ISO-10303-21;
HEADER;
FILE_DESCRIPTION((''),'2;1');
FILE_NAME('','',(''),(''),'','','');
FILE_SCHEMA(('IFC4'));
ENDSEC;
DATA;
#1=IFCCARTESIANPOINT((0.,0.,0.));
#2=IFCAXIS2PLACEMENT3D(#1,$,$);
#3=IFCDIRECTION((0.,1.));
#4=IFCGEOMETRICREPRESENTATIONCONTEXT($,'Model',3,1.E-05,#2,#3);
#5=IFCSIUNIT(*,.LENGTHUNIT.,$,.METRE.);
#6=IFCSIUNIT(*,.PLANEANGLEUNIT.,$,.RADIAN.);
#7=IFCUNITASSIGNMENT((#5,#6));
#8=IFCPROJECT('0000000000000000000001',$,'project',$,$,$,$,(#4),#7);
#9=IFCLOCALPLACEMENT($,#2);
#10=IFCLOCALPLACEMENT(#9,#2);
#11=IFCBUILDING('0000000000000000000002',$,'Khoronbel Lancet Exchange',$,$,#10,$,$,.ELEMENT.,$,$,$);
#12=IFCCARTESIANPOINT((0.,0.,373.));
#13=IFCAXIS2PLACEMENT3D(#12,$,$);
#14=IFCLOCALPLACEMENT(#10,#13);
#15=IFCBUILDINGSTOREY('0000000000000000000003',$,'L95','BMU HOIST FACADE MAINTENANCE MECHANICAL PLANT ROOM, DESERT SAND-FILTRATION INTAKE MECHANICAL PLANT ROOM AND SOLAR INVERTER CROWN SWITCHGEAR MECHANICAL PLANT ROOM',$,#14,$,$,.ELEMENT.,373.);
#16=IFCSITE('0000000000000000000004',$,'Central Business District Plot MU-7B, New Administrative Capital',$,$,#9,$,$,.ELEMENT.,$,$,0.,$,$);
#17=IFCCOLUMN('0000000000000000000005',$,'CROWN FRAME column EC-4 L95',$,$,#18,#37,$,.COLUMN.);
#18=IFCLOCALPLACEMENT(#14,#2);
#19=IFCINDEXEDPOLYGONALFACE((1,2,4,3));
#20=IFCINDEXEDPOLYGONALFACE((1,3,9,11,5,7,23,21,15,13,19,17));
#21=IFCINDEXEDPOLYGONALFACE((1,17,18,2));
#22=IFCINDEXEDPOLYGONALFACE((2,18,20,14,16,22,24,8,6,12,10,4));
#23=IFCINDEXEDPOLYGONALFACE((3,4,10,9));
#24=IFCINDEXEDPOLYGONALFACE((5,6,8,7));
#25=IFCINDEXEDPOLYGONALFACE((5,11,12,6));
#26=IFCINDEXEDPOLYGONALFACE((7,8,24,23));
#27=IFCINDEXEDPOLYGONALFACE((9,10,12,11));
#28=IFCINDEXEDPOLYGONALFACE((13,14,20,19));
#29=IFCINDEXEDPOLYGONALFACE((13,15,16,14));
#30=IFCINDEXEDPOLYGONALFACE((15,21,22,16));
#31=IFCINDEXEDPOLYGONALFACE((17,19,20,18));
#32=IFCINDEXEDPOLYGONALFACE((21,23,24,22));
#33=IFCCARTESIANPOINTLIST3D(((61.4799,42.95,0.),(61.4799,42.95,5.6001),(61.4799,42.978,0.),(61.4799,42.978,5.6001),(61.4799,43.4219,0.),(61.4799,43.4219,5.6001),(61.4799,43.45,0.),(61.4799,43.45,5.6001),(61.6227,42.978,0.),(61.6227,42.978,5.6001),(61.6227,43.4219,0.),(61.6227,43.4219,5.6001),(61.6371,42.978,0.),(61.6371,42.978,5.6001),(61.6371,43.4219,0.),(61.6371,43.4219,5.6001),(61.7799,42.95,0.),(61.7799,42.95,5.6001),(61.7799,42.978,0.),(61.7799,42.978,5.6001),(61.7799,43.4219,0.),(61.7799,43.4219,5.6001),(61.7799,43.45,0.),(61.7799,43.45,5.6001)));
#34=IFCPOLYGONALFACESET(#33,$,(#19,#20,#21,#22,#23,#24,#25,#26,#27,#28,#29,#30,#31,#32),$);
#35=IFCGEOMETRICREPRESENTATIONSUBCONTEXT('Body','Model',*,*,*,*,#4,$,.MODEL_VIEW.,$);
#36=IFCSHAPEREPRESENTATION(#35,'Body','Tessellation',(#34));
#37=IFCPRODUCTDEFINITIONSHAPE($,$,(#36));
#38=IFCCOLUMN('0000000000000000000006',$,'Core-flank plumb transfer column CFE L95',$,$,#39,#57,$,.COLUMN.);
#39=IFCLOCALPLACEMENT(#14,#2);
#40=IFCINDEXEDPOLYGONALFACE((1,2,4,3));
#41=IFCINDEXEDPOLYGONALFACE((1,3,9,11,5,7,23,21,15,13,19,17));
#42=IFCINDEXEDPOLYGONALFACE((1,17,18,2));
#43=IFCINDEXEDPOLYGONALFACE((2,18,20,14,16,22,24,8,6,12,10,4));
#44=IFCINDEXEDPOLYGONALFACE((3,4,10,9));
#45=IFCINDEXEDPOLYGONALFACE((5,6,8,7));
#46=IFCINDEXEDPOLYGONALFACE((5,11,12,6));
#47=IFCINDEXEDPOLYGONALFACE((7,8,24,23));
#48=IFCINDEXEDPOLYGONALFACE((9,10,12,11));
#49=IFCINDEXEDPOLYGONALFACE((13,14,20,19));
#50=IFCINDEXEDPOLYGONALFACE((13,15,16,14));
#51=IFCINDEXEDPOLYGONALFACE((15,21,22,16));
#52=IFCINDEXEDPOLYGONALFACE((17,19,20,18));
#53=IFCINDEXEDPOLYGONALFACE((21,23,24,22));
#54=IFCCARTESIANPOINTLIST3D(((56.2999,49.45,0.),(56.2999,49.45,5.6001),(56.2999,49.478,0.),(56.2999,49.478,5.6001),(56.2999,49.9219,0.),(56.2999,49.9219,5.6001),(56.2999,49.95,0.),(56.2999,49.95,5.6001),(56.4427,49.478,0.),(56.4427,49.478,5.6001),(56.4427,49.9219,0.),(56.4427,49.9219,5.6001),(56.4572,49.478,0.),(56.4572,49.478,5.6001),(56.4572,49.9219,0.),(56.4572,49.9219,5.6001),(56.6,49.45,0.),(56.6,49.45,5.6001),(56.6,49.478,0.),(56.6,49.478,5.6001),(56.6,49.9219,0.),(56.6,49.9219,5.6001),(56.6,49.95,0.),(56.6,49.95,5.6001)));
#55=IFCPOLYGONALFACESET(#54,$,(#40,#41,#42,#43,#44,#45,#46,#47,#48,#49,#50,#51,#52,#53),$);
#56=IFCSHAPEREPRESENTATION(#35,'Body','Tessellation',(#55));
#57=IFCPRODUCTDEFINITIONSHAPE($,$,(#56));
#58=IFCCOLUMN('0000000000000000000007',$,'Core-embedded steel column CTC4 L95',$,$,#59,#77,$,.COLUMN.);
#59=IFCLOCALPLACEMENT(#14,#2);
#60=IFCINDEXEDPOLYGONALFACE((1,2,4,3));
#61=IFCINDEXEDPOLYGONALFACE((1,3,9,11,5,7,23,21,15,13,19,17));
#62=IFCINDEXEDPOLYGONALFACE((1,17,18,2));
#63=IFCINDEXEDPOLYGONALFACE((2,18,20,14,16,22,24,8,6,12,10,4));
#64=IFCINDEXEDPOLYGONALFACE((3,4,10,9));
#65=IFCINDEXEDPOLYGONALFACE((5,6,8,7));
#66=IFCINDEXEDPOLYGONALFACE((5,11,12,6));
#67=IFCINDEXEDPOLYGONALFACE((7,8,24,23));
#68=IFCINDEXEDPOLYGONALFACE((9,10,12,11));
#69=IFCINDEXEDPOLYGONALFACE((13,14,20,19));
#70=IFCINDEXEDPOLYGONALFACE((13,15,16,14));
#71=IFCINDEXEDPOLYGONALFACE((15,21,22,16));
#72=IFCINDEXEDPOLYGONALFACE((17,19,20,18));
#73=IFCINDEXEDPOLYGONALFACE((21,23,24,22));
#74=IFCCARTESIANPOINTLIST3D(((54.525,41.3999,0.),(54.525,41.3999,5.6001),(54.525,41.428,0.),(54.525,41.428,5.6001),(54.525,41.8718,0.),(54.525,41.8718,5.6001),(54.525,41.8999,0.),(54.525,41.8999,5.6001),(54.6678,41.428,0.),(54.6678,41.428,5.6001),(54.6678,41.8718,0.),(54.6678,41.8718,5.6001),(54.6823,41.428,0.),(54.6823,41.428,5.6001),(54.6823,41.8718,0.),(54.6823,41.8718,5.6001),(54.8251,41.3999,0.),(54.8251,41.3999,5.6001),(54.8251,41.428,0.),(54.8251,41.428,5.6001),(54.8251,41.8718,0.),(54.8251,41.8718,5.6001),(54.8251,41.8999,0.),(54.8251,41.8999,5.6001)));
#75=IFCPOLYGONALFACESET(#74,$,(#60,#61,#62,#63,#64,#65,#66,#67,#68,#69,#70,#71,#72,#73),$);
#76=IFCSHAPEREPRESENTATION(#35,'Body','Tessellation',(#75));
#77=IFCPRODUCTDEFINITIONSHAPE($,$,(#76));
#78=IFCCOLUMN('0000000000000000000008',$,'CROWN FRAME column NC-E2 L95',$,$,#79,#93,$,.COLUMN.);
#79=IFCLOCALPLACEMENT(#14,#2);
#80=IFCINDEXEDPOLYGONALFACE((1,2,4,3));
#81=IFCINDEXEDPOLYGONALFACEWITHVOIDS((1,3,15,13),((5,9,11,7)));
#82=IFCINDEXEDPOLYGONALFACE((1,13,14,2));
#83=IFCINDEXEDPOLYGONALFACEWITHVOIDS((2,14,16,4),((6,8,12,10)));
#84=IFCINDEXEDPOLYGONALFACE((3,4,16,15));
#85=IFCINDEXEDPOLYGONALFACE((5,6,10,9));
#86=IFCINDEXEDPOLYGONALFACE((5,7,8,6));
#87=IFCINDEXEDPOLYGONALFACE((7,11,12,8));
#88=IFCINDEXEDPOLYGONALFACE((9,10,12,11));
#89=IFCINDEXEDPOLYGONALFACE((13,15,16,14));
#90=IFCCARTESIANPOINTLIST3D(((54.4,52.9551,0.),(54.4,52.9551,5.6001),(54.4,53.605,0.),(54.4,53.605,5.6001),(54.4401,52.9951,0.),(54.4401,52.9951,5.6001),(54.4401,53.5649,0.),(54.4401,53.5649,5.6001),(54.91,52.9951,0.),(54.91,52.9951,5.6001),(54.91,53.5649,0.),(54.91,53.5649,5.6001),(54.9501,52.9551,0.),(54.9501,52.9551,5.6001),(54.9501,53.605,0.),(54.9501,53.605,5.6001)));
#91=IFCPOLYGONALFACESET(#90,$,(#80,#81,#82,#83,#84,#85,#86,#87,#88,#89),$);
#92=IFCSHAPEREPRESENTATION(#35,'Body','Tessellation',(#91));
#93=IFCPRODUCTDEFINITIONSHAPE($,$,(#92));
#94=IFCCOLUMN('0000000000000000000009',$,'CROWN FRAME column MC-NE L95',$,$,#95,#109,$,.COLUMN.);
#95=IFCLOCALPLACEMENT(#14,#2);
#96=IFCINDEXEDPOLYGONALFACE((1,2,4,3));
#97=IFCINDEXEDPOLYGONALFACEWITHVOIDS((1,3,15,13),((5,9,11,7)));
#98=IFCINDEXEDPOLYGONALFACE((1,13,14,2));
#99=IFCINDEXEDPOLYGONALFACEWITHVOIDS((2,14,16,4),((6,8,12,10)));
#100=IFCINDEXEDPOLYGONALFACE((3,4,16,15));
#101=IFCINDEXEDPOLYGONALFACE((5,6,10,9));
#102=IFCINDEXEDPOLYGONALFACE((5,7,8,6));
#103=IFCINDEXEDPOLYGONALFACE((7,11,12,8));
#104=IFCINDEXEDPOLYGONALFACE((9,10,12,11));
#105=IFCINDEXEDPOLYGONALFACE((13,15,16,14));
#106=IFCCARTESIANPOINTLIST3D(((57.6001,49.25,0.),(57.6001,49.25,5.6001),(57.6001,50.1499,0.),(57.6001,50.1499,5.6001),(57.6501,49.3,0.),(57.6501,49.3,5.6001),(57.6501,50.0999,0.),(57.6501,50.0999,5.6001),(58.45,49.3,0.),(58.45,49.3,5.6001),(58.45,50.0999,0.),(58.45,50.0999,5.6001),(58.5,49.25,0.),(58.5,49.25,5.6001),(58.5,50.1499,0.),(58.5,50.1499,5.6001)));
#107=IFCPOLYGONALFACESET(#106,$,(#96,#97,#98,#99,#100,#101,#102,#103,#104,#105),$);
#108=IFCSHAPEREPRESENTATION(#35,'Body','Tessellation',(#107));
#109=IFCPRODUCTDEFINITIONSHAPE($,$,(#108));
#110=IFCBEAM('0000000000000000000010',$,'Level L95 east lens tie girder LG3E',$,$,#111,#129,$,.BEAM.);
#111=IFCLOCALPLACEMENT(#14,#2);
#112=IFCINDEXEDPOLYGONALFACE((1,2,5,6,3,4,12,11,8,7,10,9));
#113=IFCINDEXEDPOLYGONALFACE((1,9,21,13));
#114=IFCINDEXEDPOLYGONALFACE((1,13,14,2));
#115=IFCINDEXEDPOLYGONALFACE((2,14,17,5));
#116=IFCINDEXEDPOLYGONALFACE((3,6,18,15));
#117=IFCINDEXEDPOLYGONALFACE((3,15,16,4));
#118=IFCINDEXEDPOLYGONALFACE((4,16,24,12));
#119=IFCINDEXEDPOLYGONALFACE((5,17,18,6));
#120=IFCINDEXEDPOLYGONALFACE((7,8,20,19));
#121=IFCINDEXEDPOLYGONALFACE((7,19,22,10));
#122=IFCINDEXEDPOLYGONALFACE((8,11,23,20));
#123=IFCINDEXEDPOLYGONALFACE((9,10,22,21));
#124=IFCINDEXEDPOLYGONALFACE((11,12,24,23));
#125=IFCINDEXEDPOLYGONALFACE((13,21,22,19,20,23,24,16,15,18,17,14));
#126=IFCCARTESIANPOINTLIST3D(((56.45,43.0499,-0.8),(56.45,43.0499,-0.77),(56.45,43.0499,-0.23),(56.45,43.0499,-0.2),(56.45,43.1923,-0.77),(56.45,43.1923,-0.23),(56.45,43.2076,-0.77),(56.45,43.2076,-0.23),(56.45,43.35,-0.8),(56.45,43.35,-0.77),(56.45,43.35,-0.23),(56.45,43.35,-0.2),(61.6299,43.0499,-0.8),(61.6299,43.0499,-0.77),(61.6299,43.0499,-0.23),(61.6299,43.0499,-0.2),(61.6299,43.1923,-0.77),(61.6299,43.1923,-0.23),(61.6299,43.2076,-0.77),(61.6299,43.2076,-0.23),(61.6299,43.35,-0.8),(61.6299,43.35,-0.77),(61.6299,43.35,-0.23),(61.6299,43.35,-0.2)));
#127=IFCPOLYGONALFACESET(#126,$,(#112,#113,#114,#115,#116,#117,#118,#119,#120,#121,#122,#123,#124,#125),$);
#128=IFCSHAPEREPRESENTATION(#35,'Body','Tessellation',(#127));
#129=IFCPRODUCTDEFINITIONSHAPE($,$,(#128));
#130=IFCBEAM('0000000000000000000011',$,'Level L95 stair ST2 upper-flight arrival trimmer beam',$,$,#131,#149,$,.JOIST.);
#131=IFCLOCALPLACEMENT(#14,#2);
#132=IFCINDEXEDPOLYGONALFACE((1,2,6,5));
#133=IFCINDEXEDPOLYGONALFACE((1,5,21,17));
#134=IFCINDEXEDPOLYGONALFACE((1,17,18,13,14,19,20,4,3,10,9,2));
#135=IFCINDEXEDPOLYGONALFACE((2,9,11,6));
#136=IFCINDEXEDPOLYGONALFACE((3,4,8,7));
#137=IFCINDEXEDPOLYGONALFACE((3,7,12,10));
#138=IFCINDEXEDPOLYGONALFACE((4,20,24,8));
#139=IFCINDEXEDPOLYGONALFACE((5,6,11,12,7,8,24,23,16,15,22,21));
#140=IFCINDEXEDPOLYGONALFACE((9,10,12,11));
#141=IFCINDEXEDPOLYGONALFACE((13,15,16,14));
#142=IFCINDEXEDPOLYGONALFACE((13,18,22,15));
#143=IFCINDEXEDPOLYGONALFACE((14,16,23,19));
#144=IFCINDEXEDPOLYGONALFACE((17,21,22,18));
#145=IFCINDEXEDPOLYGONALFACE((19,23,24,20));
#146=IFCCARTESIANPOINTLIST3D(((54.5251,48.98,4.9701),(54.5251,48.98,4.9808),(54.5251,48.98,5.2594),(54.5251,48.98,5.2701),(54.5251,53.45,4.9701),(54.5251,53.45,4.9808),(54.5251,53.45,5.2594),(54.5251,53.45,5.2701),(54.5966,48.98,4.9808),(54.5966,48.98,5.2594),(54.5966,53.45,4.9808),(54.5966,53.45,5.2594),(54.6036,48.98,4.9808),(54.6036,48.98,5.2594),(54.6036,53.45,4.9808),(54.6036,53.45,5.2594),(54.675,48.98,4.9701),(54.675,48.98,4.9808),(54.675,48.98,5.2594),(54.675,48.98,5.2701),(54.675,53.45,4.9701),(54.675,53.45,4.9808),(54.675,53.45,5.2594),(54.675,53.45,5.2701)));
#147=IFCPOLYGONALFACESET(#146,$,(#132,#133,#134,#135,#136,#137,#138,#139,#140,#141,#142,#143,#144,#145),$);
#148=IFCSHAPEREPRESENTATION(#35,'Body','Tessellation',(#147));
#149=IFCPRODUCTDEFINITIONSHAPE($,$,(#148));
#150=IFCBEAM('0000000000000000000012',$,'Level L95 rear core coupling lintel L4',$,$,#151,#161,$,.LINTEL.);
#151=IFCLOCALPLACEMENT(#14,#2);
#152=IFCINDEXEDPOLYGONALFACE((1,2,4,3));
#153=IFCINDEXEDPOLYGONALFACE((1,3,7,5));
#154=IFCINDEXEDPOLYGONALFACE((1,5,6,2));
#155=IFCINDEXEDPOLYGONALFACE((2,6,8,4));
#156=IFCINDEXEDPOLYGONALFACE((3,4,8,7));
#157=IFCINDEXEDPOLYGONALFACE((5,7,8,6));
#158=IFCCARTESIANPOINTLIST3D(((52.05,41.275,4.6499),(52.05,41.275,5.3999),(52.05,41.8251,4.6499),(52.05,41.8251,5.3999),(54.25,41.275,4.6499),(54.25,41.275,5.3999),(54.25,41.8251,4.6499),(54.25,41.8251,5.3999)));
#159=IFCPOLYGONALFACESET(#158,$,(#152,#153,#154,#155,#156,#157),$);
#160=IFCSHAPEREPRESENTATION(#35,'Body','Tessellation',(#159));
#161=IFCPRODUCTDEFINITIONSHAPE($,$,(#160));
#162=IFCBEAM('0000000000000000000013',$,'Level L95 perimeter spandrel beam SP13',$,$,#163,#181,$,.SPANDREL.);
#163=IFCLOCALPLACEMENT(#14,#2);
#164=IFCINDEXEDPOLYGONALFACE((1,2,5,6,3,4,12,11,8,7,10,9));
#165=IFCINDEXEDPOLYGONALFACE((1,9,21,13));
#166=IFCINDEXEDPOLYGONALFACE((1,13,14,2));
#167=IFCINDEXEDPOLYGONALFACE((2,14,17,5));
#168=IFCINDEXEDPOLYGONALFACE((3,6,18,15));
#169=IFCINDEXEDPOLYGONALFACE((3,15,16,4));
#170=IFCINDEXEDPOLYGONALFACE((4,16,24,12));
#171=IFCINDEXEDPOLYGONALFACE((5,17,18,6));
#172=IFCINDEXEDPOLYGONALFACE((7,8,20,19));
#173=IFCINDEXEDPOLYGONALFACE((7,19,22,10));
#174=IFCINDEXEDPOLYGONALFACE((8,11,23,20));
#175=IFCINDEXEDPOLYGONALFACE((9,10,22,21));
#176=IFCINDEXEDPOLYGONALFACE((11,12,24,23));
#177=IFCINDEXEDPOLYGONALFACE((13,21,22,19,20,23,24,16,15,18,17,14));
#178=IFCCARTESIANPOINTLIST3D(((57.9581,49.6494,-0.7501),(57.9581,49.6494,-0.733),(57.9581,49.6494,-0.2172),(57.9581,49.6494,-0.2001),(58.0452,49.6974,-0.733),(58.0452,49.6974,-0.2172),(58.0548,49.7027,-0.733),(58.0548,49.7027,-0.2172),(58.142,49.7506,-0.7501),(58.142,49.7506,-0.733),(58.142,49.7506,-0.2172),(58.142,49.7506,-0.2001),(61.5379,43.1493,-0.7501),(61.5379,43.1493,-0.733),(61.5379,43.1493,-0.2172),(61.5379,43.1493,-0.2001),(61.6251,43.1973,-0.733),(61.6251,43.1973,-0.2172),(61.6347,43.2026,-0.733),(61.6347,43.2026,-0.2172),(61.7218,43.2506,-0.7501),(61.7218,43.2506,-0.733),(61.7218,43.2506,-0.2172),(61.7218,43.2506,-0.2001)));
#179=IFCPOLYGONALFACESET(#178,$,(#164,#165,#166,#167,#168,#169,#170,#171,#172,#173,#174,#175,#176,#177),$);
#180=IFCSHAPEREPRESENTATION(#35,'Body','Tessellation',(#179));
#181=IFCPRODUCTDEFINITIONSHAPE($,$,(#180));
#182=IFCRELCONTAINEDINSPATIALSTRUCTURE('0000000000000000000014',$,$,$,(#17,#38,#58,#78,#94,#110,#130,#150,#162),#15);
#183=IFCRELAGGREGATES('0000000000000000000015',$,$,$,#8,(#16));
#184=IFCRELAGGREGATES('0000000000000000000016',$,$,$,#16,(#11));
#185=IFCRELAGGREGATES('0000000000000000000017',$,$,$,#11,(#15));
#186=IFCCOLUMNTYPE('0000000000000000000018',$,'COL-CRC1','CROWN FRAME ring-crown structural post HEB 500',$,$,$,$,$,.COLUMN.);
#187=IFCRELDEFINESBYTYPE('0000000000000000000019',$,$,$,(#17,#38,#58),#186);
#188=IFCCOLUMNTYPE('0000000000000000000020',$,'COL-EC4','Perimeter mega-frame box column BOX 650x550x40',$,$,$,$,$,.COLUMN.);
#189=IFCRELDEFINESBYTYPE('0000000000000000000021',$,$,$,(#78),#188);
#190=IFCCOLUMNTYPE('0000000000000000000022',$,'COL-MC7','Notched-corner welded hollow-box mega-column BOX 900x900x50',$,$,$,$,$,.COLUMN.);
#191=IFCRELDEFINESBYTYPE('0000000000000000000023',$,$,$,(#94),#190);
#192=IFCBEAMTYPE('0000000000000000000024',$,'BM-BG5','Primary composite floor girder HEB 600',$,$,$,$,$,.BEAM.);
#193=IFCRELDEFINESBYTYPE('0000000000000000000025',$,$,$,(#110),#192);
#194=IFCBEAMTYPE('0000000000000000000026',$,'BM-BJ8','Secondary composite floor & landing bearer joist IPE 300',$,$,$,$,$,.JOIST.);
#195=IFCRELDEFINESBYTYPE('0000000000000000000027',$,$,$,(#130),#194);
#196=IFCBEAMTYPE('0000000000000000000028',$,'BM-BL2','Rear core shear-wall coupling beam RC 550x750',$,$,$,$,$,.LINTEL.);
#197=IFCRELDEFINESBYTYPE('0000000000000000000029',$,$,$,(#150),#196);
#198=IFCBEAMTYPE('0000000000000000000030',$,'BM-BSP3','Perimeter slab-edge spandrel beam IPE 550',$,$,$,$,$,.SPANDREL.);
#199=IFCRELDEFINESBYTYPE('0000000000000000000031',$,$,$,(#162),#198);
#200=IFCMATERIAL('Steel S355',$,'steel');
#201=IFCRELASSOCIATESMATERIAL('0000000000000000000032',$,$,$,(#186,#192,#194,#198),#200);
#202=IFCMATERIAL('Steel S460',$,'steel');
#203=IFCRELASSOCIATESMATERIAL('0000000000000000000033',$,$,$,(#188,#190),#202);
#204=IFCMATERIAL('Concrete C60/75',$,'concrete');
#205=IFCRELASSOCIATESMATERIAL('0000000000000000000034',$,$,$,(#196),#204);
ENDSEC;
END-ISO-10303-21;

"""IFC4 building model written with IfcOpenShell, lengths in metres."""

from ifc_helpers import new_model, si_unit, direction, frame, origin, origin_2d, place, context, subcontext, project, spatial, rectangle, hollow_rectangle, i_section, extrude, material, material_profile, profile_set, type_object, element, save


model = new_model("IFC4")

# Units and contexts
model_context = context("Model", 3, precision=1e-05, world=origin(), true_north=direction((0.0, 1.0)))
body_context = subcontext(model_context, "Body", "Model", "MODEL_VIEW")
ifc_project = project(units=[si_unit("LENGTHUNIT", "METRE"), si_unit("PLANEANGLEUNIT", "RADIAN")], contexts=[model_context])

# Site, building, storey
site_placement = place(None, origin())
site = spatial("IfcSite", under=ifc_project, at=site_placement, Name="Central Business District Plot MU-7B, New Administrative Capital", CompositionType="ELEMENT", RefElevation=0.0)
building_placement = place(site_placement, origin())
building = spatial("IfcBuilding", under=site, at=building_placement, Name="Khoronbel Lancet Exchange", CompositionType="ELEMENT")
storey_placement = place(building_placement, frame((0.0, 0.0, 373.0)))
storey = spatial("IfcBuildingStorey", under=building, at=storey_placement, Name="L95", Description="BMU HOIST FACADE MAINTENANCE MECHANICAL PLANT ROOM, DESERT SAND-FILTRATION INTAKE MECHANICAL PLANT ROOM AND SOLAR INVERTER CROWN SWITCHGEAR MECHANICAL PLANT ROOM", CompositionType="ELEMENT", Elevation=373.0)

# Columns
ifc_material_1 = material(Name="Steel S355", Category="steel")
ifc_material_profile_1 = material_profile(ifc_material_1, i_section(OverallWidth=0.3, OverallDepth=0.5, WebThickness=0.0144, FlangeThickness=0.0281, at=origin_2d()), Name="HEB 500")
ifc_profile_set_1 = profile_set([ifc_material_profile_1], Name="Steel S355")
column_type_1 = type_object("IfcColumnType", Name="COL-CRC1", Description="CROWN FRAME ring-crown structural post HEB 500", PredefinedType="COLUMN", material=ifc_profile_set_1)
for number, where, z_axis, x_axis, name in (
    (1, (61.6299, 43.2, 0.0), (0.0, 0.0, 1.0), (1.0, 0.0, 0.0), "CROWN FRAME column EC-4 L95"),
    (2, (56.45, 49.7, 0.0), (0.0, 0.0, 1.0), (1.0, 0.0, 0.0), "Core-flank plumb transfer column CFE L95"),
    (3, (54.675, 41.6499, 0.0), (0.0, 0.0, 1.0), (1.0, 0.0, 0.0), "Core-embedded steel column CTC4 L95"),
):
    element("IfcColumn", number, at=place(storey_placement, frame(where, z_axis=z_axis, x_axis=x_axis)), inside=storey, type_object=column_type_1, Name=name, PredefinedType="COLUMN", context=body_context, shape_type="SweptSolid", body=[
        extrude(i_section(OverallWidth=0.3, OverallDepth=0.5, WebThickness=0.0144, FlangeThickness=0.0281, at=origin_2d()), origin(), (0.0, 0.0, 1.0), 5.6001),
    ])
ifc_material_2 = material(Name="Steel S460", Category="steel")
ifc_material_profile_2 = material_profile(ifc_material_2, hollow_rectangle(XDim=0.55, YDim=0.6499, WallThickness=0.04, at=origin_2d()), Name="BOX 650x550x40")
ifc_profile_set_2 = profile_set([ifc_material_profile_2], Name="Steel S460")
column_type_2 = type_object("IfcColumnType", Name="COL-EC4", Description="Perimeter mega-frame box column BOX 650x550x40", PredefinedType="COLUMN", material=ifc_profile_set_2)
column_1_placement = place(storey_placement, frame((54.675, 53.28, 0.0), z_axis=(0.0, 0.0, 1.0), x_axis=(1.0, 0.0, 0.0)))
element("IfcColumn", 4, at=column_1_placement, inside=storey, type_object=column_type_2, Name="CROWN FRAME column NC-E2 L95", PredefinedType="COLUMN", context=body_context, shape_type="SweptSolid", body=[
    extrude(hollow_rectangle(XDim=0.55, YDim=0.6499, WallThickness=0.04, at=origin_2d()), origin(), (0.0, 0.0, 1.0), 5.6001),
])
ifc_material_profile_3 = material_profile(ifc_material_2, hollow_rectangle(XDim=0.8999, YDim=0.8999, WallThickness=0.05, at=origin_2d()), Name="BOX 900x900x50")
ifc_profile_set_3 = profile_set([ifc_material_profile_3], Name="Steel S460")
column_type_3 = type_object("IfcColumnType", Name="COL-MC7", Description="Notched-corner welded hollow-box mega-column BOX 900x900x50", PredefinedType="COLUMN", material=ifc_profile_set_3)
column_2_placement = place(storey_placement, frame((58.05, 49.7, 0.0), z_axis=(0.0, 0.0, 1.0), x_axis=(1.0, 0.0, 0.0)))
element("IfcColumn", 5, at=column_2_placement, inside=storey, type_object=column_type_3, Name="CROWN FRAME column MC-NE L95", PredefinedType="COLUMN", context=body_context, shape_type="SweptSolid", body=[
    extrude(hollow_rectangle(XDim=0.8999, YDim=0.8999, WallThickness=0.05, at=origin_2d()), origin(), (0.0, 0.0, 1.0), 5.6001),
])

# Beams
ifc_material_profile_4 = material_profile(ifc_material_1, i_section(OverallWidth=0.3, OverallDepth=0.6001, WebThickness=0.0154, FlangeThickness=0.03, at=origin_2d()), Name="HEB 600")
ifc_profile_set_4 = profile_set([ifc_material_profile_4], Name="Steel S355")
beam_type_1 = type_object("IfcBeamType", Name="BM-BG5", Description="Primary composite floor girder HEB 600", PredefinedType="BEAM", material=ifc_profile_set_4)
beam_1_placement = place(storey_placement, frame((56.45, 43.2, -0.5), z_axis=(1.0, 0.0, 0.0), x_axis=(0.0, 1.0, 0.0)))
element("IfcBeam", 6, at=beam_1_placement, inside=storey, type_object=beam_type_1, Name="Level L95 east lens tie girder LG3E", PredefinedType="BEAM", context=body_context, shape_type="SweptSolid", body=[
    extrude(i_section(OverallWidth=0.3, OverallDepth=0.6001, WebThickness=0.0154, FlangeThickness=0.03, at=origin_2d()), origin(), (0.0, 0.0, 1.0), 5.1799),
])
ifc_material_profile_5 = material_profile(ifc_material_1, i_section(OverallWidth=0.1499, OverallDepth=0.3, WebThickness=0.0071, FlangeThickness=0.0107, at=origin_2d()), Name="IPE 300")
ifc_profile_set_5 = profile_set([ifc_material_profile_5], Name="Steel S355")
beam_type_2 = type_object("IfcBeamType", Name="BM-BJ8", Description="Secondary composite floor & landing bearer joist IPE 300", PredefinedType="JOIST", material=ifc_profile_set_5)
beam_2_placement = place(storey_placement, frame((54.6001, 48.98, 5.1201), z_axis=(0.0, 1.0, 0.0), x_axis=(-1.0, 0.0, 0.0)))
element("IfcBeam", 7, at=beam_2_placement, inside=storey, type_object=beam_type_2, Name="Level L95 stair ST2 upper-flight arrival trimmer beam", PredefinedType="JOIST", context=body_context, shape_type="SweptSolid", body=[
    extrude(i_section(OverallWidth=0.1499, OverallDepth=0.3, WebThickness=0.0071, FlangeThickness=0.0107, at=origin_2d()), origin(), (0.0, 0.0, 1.0), 4.47),
])
ifc_material_3 = material(Name="Concrete C60/75", Category="concrete")
ifc_material_profile_6 = material_profile(ifc_material_3, rectangle(XDim=0.55, YDim=0.75, at=origin_2d()), Name="RC 550x750")
ifc_profile_set_6 = profile_set([ifc_material_profile_6], Name="Concrete C60/75")
beam_type_3 = type_object("IfcBeamType", Name="BM-BL2", Description="Rear core shear-wall coupling beam RC 550x750", PredefinedType="LINTEL", material=ifc_profile_set_6)
beam_3_placement = place(storey_placement, frame((52.05, 41.55, 5.0249), z_axis=(1.0, 0.0, 0.0), x_axis=(0.0, 1.0, 0.0)))
element("IfcBeam", 8, at=beam_3_placement, inside=storey, type_object=beam_type_3, Name="Level L95 rear core coupling lintel L4", PredefinedType="LINTEL", context=body_context, shape_type="SweptSolid", body=[
    extrude(rectangle(XDim=0.55, YDim=0.75, at=origin_2d()), origin(), (0.0, 0.0, 1.0), 2.2),
])
ifc_material_profile_7 = material_profile(ifc_material_1, i_section(OverallWidth=0.21, OverallDepth=0.55, WebThickness=0.011, FlangeThickness=0.0171, at=origin_2d()), Name="IPE 550")
ifc_profile_set_7 = profile_set([ifc_material_profile_7], Name="Steel S355")
beam_type_4 = type_object("IfcBeamType", Name="BM-BSP3", Description="Perimeter slab-edge spandrel beam IPE 550", PredefinedType="SPANDREL", material=ifc_profile_set_7)
beam_4_placement = place(storey_placement, frame((61.6299, 43.2, -0.4751), z_axis=(-0.482419, 0.875941, 0.0), x_axis=(-0.875941, -0.482419, 0.0)))
element("IfcBeam", 9, at=beam_4_placement, inside=storey, type_object=beam_type_4, Name="Level L95 perimeter spandrel beam SP13", PredefinedType="SPANDREL", context=body_context, shape_type="SweptSolid", body=[
    extrude(i_section(OverallWidth=0.21, OverallDepth=0.55, WebThickness=0.011, FlangeThickness=0.0171, at=origin_2d()), origin(), (0.0, 0.0, 1.0), 7.4207),
])

save(model, "model.ifc")
